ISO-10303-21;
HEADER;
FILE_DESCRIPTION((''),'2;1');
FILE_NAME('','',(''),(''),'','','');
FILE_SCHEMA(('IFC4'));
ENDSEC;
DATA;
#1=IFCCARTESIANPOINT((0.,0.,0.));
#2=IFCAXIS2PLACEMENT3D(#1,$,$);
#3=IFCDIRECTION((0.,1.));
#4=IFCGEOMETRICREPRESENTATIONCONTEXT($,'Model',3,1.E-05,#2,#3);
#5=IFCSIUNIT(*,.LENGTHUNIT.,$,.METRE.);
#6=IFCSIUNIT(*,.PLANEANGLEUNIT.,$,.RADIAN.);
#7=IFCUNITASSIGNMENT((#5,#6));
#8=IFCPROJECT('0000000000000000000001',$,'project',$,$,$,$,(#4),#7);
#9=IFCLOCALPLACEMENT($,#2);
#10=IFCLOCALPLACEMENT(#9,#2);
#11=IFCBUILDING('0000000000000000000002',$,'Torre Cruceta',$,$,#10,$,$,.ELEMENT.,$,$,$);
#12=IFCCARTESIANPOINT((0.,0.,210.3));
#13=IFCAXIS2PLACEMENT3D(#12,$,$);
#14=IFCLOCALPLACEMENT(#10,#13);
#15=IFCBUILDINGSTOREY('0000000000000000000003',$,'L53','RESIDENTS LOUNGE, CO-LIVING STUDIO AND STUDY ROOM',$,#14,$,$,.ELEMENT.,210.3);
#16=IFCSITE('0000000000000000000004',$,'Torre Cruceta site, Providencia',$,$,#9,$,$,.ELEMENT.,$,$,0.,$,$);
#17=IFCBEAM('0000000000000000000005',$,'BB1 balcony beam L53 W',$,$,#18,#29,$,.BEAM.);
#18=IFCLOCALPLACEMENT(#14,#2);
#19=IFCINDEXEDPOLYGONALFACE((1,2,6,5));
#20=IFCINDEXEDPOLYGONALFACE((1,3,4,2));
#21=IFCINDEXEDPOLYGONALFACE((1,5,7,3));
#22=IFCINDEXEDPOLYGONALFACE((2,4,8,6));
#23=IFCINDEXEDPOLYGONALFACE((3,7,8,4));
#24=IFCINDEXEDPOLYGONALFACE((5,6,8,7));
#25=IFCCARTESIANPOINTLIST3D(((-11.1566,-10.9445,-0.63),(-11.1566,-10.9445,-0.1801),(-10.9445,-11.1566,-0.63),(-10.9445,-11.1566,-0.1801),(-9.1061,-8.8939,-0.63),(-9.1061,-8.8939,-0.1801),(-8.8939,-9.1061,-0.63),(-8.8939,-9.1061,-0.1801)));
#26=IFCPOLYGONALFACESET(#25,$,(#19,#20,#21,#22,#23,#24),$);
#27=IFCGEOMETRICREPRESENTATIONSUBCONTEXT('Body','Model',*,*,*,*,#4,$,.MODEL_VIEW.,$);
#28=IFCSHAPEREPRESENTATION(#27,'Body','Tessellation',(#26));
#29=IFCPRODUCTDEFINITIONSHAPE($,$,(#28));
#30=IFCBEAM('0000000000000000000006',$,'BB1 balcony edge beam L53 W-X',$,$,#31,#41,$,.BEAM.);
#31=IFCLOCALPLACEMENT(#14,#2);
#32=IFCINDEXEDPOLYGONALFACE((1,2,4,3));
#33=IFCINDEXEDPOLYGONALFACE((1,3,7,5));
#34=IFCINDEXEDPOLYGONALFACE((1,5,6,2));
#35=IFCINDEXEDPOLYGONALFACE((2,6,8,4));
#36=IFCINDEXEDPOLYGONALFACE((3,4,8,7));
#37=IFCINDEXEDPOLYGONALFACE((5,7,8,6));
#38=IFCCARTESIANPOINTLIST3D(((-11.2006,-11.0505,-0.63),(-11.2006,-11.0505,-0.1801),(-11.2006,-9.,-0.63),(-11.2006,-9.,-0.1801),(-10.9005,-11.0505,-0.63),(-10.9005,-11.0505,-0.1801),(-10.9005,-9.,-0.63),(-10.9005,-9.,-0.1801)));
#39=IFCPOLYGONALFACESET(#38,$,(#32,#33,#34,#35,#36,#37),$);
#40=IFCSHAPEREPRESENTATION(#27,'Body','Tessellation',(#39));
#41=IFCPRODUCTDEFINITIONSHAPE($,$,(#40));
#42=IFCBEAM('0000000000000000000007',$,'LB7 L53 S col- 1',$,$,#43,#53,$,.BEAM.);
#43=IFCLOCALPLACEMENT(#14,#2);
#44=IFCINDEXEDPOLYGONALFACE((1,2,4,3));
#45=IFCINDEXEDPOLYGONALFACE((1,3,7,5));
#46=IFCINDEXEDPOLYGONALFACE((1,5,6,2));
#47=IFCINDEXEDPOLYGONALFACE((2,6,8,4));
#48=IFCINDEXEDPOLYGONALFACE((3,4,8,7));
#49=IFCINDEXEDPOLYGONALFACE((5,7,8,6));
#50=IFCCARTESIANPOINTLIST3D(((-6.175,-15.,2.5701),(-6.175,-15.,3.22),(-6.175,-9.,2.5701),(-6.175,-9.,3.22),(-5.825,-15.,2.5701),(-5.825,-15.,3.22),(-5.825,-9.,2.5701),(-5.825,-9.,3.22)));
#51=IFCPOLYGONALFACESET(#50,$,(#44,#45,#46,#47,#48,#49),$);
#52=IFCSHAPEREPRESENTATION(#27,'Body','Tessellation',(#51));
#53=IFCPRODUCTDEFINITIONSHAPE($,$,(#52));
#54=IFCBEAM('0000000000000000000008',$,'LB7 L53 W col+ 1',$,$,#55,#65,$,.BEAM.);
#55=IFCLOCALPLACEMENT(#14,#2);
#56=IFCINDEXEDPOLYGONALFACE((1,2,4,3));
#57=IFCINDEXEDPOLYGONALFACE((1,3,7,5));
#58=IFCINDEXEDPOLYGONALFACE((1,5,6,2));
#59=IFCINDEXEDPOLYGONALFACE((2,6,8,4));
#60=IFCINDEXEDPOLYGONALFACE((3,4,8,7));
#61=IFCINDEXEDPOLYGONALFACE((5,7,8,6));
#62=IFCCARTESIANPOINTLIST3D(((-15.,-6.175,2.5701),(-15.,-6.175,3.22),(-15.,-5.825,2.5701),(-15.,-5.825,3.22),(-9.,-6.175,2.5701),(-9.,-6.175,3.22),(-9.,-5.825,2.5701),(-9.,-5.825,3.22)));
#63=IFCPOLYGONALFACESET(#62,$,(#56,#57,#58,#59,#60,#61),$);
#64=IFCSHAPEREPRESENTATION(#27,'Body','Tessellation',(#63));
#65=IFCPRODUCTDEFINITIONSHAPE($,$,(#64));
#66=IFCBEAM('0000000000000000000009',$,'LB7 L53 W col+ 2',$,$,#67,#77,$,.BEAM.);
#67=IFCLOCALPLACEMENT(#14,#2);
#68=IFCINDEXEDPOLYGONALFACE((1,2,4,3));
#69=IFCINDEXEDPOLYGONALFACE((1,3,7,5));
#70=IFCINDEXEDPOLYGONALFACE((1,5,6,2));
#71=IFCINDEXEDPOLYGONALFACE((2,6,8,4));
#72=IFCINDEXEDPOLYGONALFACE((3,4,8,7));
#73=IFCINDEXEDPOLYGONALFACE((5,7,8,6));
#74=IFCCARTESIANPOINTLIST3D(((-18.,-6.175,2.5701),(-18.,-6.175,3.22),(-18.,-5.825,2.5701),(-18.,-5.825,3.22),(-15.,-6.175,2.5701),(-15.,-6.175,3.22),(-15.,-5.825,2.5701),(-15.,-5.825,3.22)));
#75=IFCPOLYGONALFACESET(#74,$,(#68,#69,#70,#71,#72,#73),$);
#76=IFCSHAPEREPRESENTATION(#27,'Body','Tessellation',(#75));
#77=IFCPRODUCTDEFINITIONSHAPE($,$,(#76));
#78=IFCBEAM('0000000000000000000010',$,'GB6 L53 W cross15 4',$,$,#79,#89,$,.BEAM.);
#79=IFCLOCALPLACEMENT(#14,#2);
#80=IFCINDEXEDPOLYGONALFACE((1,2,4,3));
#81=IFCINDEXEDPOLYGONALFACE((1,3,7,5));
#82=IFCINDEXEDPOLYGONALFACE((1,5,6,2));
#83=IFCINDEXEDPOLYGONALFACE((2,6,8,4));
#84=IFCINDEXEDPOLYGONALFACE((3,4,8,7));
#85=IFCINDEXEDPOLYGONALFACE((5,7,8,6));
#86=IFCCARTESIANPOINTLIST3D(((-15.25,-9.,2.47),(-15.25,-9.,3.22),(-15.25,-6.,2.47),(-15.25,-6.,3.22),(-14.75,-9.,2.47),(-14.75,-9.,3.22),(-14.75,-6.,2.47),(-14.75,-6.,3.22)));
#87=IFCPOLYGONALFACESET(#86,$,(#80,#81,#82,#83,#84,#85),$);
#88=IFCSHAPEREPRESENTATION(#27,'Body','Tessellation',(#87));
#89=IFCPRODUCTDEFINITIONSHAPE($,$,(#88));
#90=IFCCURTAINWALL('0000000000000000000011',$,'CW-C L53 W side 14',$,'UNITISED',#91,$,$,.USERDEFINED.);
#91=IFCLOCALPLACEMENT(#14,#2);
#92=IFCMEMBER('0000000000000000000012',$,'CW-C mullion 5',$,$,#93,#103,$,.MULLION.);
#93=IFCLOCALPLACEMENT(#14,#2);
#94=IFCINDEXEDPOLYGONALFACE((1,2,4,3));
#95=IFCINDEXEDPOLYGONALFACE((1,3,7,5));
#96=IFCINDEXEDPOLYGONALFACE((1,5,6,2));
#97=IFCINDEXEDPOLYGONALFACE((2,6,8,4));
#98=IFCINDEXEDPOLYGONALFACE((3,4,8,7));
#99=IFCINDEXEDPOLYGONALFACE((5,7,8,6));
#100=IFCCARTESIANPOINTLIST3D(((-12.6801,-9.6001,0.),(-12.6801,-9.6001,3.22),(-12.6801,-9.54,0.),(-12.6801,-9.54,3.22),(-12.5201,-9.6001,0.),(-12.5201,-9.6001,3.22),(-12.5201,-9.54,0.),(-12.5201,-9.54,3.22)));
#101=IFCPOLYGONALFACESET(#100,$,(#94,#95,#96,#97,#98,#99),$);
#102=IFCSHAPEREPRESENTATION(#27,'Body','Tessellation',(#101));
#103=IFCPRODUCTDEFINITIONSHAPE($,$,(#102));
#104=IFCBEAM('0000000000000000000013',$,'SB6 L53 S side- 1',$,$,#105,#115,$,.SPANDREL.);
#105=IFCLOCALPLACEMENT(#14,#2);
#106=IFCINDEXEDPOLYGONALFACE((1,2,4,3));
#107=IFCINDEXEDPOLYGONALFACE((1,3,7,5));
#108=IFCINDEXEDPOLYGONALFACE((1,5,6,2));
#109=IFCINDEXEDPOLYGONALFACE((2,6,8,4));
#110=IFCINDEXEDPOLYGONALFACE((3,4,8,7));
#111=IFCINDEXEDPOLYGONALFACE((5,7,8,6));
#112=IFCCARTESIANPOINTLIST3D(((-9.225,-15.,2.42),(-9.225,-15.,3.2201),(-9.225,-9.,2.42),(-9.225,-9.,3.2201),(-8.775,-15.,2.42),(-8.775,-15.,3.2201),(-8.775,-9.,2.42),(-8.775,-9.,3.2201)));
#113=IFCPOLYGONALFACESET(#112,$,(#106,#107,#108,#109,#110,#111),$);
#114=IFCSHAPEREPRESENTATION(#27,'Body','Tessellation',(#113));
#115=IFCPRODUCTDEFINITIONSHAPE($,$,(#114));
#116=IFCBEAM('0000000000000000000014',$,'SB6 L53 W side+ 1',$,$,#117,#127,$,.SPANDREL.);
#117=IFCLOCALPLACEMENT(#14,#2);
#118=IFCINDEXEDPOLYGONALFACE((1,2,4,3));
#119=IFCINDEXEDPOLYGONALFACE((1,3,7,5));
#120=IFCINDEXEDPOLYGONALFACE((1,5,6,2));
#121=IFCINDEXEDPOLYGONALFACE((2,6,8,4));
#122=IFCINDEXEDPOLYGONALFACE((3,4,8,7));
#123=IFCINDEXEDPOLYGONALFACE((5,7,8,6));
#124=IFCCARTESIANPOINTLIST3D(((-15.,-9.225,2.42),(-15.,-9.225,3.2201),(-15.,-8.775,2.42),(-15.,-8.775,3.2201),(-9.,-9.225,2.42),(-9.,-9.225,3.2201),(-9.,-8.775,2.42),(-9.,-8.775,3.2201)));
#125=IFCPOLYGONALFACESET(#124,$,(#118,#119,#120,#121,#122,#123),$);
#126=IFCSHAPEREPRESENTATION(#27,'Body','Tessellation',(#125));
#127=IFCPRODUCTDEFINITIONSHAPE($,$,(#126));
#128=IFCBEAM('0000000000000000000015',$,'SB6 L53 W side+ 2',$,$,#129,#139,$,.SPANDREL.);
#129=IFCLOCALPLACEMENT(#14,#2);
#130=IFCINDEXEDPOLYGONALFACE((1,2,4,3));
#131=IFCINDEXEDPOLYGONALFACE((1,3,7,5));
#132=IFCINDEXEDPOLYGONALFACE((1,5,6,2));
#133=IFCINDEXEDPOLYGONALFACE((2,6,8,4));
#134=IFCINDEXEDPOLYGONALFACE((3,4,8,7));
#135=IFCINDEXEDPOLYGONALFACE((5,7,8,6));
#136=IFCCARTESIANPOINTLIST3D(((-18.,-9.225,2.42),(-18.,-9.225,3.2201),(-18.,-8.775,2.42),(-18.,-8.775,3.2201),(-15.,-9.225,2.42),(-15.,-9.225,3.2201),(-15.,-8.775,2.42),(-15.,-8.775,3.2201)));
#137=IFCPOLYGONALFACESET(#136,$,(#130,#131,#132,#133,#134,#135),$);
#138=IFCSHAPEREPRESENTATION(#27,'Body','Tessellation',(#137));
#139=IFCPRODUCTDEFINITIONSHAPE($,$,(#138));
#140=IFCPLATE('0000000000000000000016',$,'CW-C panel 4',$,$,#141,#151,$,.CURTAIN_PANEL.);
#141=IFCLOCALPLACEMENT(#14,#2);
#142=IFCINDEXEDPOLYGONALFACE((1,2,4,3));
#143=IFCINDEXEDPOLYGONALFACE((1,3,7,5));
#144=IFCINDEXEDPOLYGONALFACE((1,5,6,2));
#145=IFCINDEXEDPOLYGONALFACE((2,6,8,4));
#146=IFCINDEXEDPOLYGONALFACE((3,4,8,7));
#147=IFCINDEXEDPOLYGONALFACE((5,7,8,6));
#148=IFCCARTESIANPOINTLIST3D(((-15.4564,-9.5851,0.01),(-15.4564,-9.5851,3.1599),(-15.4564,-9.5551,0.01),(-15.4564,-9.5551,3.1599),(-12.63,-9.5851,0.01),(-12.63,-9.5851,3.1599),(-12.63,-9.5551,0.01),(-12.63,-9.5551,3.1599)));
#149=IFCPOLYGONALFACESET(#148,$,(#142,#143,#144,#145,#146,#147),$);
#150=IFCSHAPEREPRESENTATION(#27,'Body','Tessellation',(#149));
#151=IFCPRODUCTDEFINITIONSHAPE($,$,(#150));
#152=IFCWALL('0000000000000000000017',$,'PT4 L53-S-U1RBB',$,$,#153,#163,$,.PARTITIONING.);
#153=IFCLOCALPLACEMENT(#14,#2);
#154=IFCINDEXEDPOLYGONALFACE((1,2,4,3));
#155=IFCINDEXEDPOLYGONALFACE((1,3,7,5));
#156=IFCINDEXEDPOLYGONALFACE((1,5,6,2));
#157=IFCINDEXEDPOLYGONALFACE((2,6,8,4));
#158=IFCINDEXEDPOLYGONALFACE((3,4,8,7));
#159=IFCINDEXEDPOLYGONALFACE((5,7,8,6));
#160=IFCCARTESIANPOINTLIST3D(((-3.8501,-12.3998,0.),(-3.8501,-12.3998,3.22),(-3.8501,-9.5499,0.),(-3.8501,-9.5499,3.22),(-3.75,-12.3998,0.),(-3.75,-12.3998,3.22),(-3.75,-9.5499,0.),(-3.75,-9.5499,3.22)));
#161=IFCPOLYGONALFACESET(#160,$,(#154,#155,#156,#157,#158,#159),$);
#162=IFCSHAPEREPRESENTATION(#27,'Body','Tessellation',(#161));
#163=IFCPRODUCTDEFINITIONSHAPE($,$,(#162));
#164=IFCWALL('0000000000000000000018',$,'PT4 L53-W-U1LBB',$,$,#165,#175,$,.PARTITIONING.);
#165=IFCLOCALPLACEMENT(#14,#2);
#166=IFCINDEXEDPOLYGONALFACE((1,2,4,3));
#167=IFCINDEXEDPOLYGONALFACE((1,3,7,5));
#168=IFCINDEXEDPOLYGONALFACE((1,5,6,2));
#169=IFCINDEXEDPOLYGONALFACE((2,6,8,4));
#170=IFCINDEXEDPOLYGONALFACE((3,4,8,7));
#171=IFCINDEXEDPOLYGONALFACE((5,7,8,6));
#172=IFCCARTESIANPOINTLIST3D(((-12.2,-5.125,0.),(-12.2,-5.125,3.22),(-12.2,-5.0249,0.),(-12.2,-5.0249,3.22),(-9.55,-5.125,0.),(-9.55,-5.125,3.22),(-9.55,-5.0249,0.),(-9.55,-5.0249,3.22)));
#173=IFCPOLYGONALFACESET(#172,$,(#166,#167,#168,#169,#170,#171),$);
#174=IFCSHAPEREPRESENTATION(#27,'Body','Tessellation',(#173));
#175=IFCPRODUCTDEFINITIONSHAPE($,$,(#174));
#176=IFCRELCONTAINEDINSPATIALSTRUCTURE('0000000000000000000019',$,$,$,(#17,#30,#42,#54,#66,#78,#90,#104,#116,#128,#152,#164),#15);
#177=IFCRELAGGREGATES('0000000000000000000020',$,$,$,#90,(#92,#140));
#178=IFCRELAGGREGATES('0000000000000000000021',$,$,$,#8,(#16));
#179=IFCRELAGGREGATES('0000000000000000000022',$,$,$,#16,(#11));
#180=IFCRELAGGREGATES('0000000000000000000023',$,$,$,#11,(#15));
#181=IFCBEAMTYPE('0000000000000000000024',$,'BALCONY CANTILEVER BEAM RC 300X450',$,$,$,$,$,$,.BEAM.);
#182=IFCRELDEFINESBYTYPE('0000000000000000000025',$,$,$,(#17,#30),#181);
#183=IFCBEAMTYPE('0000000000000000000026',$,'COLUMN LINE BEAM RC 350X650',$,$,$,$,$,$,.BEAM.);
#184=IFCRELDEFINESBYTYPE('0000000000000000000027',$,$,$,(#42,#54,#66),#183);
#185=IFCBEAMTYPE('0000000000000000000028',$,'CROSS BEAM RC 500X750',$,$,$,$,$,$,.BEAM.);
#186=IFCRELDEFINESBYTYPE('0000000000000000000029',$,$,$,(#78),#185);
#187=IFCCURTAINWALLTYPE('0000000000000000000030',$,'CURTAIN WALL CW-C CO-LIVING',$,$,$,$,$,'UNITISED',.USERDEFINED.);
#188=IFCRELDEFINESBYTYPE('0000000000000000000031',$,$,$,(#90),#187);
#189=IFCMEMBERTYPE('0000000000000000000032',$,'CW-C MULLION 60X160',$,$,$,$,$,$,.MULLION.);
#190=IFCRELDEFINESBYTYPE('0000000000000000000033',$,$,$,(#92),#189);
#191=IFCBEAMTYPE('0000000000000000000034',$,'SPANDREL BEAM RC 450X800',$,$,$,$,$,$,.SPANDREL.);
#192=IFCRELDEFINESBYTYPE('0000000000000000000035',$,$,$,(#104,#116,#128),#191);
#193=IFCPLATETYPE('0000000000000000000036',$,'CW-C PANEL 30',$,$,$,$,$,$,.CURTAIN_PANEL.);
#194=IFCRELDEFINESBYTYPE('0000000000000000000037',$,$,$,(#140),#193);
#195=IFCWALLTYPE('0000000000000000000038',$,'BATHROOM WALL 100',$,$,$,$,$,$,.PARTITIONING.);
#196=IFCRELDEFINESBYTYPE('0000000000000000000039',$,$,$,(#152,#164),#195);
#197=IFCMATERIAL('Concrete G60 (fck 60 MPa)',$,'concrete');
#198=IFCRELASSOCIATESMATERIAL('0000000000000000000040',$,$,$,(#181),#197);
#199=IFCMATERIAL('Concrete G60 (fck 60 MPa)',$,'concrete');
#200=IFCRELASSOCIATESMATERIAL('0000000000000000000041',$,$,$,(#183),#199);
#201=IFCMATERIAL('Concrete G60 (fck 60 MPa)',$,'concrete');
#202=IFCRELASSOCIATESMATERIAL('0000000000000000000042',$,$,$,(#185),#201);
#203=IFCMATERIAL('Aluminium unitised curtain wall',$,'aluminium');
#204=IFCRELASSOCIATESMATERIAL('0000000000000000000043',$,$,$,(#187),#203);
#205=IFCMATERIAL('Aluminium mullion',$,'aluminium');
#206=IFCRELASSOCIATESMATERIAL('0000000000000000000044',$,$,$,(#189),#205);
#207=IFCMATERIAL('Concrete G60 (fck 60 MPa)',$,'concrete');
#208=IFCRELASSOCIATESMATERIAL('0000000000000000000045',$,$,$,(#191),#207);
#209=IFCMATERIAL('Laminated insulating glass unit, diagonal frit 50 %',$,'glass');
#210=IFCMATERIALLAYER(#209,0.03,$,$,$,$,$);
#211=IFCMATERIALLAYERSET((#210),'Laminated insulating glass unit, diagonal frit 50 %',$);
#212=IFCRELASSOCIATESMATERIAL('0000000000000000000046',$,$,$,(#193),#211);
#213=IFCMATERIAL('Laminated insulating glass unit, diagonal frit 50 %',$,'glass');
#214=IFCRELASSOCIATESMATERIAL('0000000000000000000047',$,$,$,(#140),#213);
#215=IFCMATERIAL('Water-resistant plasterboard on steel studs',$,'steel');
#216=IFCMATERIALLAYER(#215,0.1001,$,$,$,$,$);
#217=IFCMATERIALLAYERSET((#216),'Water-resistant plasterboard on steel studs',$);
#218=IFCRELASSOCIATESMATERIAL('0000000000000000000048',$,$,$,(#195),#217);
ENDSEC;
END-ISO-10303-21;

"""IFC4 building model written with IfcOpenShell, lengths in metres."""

from ifc_helpers import new_model, si_unit, direction, frame, frame_2d, origin, origin_2d, place, context, subcontext, project, spatial, rectangle, extrude, material, layer, layer_set, material_profile, profile_set, type_object, element, aggregate, save


model = new_model("IFC4")

# Units and contexts
model_context = context("Model", 3, precision=1e-05, world=origin(), true_north=direction((0.0, 1.0)))
body_context = subcontext(model_context, "Body", "Model", "MODEL_VIEW")
ifc_project = project(units=[si_unit("LENGTHUNIT", "METRE"), si_unit("PLANEANGLEUNIT", "RADIAN")], contexts=[model_context])

# Site, building, storey
site_placement = place(None, origin())
site = spatial("IfcSite", under=ifc_project, at=site_placement, Name="Torre Cruceta site, Providencia", CompositionType="ELEMENT", RefElevation=0.0)
building_placement = place(site_placement, origin())
building = spatial("IfcBuilding", under=site, at=building_placement, Name="Torre Cruceta", CompositionType="ELEMENT")
storey_placement = place(building_placement, frame((0.0, 0.0, 210.3)))
storey = spatial("IfcBuildingStorey", under=building, at=storey_placement, Name="L53", Description="RESIDENTS LOUNGE, CO-LIVING STUDIO AND STUDY ROOM", CompositionType="ELEMENT", Elevation=210.3)

# Beams
ifc_material_1 = material(Name="Concrete G60 (fck 60 MPa)", Category="concrete")
ifc_material_profile_1 = material_profile(ifc_material_1, rectangle(XDim=0.3, YDim=0.45, at=origin_2d()), Name="RC 300X450")
ifc_profile_set_1 = profile_set([ifc_material_profile_1], Name="Concrete G60 (fck 60 MPa)")
beam_type_1 = type_object("IfcBeamType", Name="BALCONY CANTILEVER BEAM RC 300X450", PredefinedType="BEAM", material=ifc_profile_set_1)
beam_1_placement = place(storey_placement, frame((-9.0, -9.0, -0.405), z_axis=(-0.707107, -0.707107, 0.0), x_axis=(0.707107, -0.707107, 0.0)))
element("IfcBeam", 1, at=beam_1_placement, inside=storey, type_object=beam_type_1, Name="BB1 balcony beam L53 W", PredefinedType="BEAM", context=body_context, shape_type="SweptSolid", body=[
    extrude(rectangle(XDim=0.3, YDim=0.45, at=origin_2d()), origin(), (0.0, 0.0, 1.0), 2.8999),
])
beam_2_placement = place(storey_placement, frame((-11.0505, -9.0, -0.405), z_axis=(0.0, -1.0, 0.0), x_axis=(1.0, 0.0, 0.0)))
element("IfcBeam", 2, at=beam_2_placement, inside=storey, type_object=beam_type_1, Name="BB1 balcony edge beam L53 W-X", PredefinedType="BEAM", context=body_context, shape_type="SweptSolid", body=[
    extrude(rectangle(XDim=0.3, YDim=0.45, at=origin_2d()), origin(), (0.0, 0.0, 1.0), 2.0505),
])
ifc_material_2 = material(Name="Concrete G60 (fck 60 MPa)", Category="concrete")
ifc_material_profile_2 = material_profile(ifc_material_2, rectangle(XDim=0.3501, YDim=0.6499, at=origin_2d()), Name="RC 350X650")
ifc_profile_set_2 = profile_set([ifc_material_profile_2], Name="Concrete G60 (fck 60 MPa)")
beam_type_2 = type_object("IfcBeamType", Name="COLUMN LINE BEAM RC 350X650", PredefinedType="BEAM", material=ifc_profile_set_2)
for number, where, z_axis, x_axis, name in (
    (3, (-6.0, -9.0, 2.895), (0.0, -1.0, 0.0), (1.0, 0.0, 0.0), "LB7 L53 S col- 1"),
    (4, (-9.0, -6.0, 2.895), (-1.0, 0.0, 0.0), (0.0, -1.0, 0.0), "LB7 L53 W col+ 1"),
):
    element("IfcBeam", number, at=place(storey_placement, frame(where, z_axis=z_axis, x_axis=x_axis)), inside=storey, type_object=beam_type_2, Name=name, PredefinedType="BEAM", context=body_context, shape_type="SweptSolid", body=[
        extrude(rectangle(XDim=0.3501, YDim=0.6499, at=origin_2d()), origin(), (0.0, 0.0, 1.0), 6.0),
    ])
beam_3_placement = place(storey_placement, frame((-15.0, -6.0, 2.895), z_axis=(-1.0, 0.0, 0.0), x_axis=(0.0, -1.0, 0.0)))
element("IfcBeam", 5, at=beam_3_placement, inside=storey, type_object=beam_type_2, Name="LB7 L53 W col+ 2", PredefinedType="BEAM", context=body_context, shape_type="SweptSolid", body=[
    extrude(rectangle(XDim=0.3501, YDim=0.6499, at=origin_2d()), origin(), (0.0, 0.0, 1.0), 3.0),
])
ifc_material_3 = material(Name="Concrete G60 (fck 60 MPa)", Category="concrete")
ifc_material_profile_3 = material_profile(ifc_material_3, rectangle(XDim=0.5, YDim=0.75, at=origin_2d()), Name="RC 500X750")
ifc_profile_set_3 = profile_set([ifc_material_profile_3], Name="Concrete G60 (fck 60 MPa)")
beam_type_3 = type_object("IfcBeamType", Name="CROSS BEAM RC 500X750", PredefinedType="BEAM", material=ifc_profile_set_3)
beam_4_placement = place(storey_placement, frame((-15.0, -6.0, 2.845), z_axis=(0.0, -1.0, 0.0), x_axis=(1.0, 0.0, 0.0)))
element("IfcBeam", 6, at=beam_4_placement, inside=storey, type_object=beam_type_3, Name="GB6 L53 W cross15 4", PredefinedType="BEAM", context=body_context, shape_type="SweptSolid", body=[
    extrude(rectangle(XDim=0.5, YDim=0.75, at=origin_2d()), origin(), (0.0, 0.0, 1.0), 3.0),
])

# Curtain wall, member
ifc_material_4 = material(Name="Aluminium unitised curtain wall", Category="aluminium")
curtain_wall_type = type_object("IfcCurtainWallType", Name="CURTAIN WALL CW-C CO-LIVING", ElementType="UNITISED", PredefinedType="USERDEFINED", material=ifc_material_4)
curtain_wall_placement = place(storey_placement, origin())
curtain_wall = element("IfcCurtainWall", 7, at=curtain_wall_placement, inside=storey, type_object=curtain_wall_type, Name="CW-C L53 W side 14", ObjectType="UNITISED", PredefinedType="USERDEFINED")
ifc_material_5 = material(Name="Aluminium mullion", Category="aluminium")
ifc_material_profile_4 = material_profile(ifc_material_5, rectangle(XDim=0.0601, YDim=0.1599, at=origin_2d()), Name="AL 60X160")
ifc_profile_set_4 = profile_set([ifc_material_profile_4], Name="Aluminium mullion")
member_type = type_object("IfcMemberType", Name="CW-C MULLION 60X160", PredefinedType="MULLION", material=ifc_profile_set_4)
member_placement = place(storey_placement, frame((-12.6001, -9.5701, 0.0), z_axis=(0.0, 0.0, 1.0), x_axis=(0.0, 1.0, 0.0)))
member = element("IfcMember", 8, at=member_placement, type_object=member_type, Name="CW-C mullion 5", PredefinedType="MULLION", context=body_context, shape_type="SweptSolid", body=[
    extrude(rectangle(XDim=0.0601, YDim=0.1599, at=origin_2d()), origin(), (0.0, 0.0, 1.0), 3.22),
])

# Beams
ifc_material_6 = material(Name="Concrete G60 (fck 60 MPa)", Category="concrete")
ifc_material_profile_5 = material_profile(ifc_material_6, rectangle(XDim=0.45, YDim=0.8, at=origin_2d()), Name="RC 450X800")
ifc_profile_set_5 = profile_set([ifc_material_profile_5], Name="Concrete G60 (fck 60 MPa)")
beam_type_4 = type_object("IfcBeamType", Name="SPANDREL BEAM RC 450X800", PredefinedType="SPANDREL", material=ifc_profile_set_5)
for number, where, z_axis, x_axis, name in (
    (9, (-9.0, -9.0, 2.8201), (0.0, -1.0, 0.0), (1.0, 0.0, 0.0), "SB6 L53 S side- 1"),
    (10, (-9.0, -9.0, 2.8201), (-1.0, 0.0, 0.0), (0.0, -1.0, 0.0), "SB6 L53 W side+ 1"),
):
    element("IfcBeam", number, at=place(storey_placement, frame(where, z_axis=z_axis, x_axis=x_axis)), inside=storey, type_object=beam_type_4, Name=name, PredefinedType="SPANDREL", context=body_context, shape_type="SweptSolid", body=[
        extrude(rectangle(XDim=0.45, YDim=0.8, at=origin_2d()), origin(), (0.0, 0.0, 1.0), 6.0),
    ])
beam_5_placement = place(storey_placement, frame((-15.0, -9.0, 2.8201), z_axis=(-1.0, 0.0, 0.0), x_axis=(0.0, -1.0, 0.0)))
element("IfcBeam", 11, at=beam_5_placement, inside=storey, type_object=beam_type_4, Name="SB6 L53 W side+ 2", PredefinedType="SPANDREL", context=body_context, shape_type="SweptSolid", body=[
    extrude(rectangle(XDim=0.45, YDim=0.8, at=origin_2d()), origin(), (0.0, 0.0, 1.0), 3.0),
])

# Plate
ifc_material_7 = material(Name="Laminated insulating glass unit, diagonal frit 50 %", Category="glass")
ifc_material_8 = material(Name="Laminated insulating glass unit, diagonal frit 50 %", Category="glass")
ifc_layer_1 = layer(ifc_material_8, 0.03)
ifc_layer_set_1 = layer_set([ifc_layer_1], Name="Laminated insulating glass unit, diagonal frit 50 %")
plate_type = type_object("IfcPlateType", Name="CW-C PANEL 30", PredefinedType="CURTAIN_PANEL", material=ifc_layer_set_1)
plate_placement = place(storey_placement, frame((-14.0432, -9.5701, 0.01), z_axis=(0.0, 0.0, 1.0), x_axis=(1.0, 0.0, 0.0)))
plate = element("IfcPlate", 12, at=plate_placement, type_object=plate_type, material=ifc_material_7, Name="CW-C panel 4", PredefinedType="CURTAIN_PANEL", context=body_context, shape_type="SweptSolid", body=[
    extrude(rectangle(XDim=2.8264, YDim=0.03, at=origin_2d()), origin(), (0.0, 0.0, 1.0), 3.1499),
])
aggregate(curtain_wall, [member, plate])

# Walls
ifc_material_9 = material(Name="Water-resistant plasterboard on steel studs", Category="steel")
ifc_layer_2 = layer(ifc_material_9, 0.1001)
ifc_layer_set_2 = layer_set([ifc_layer_2], Name="Water-resistant plasterboard on steel studs")
wall_type_1 = type_object("IfcWallType", Name="BATHROOM WALL 100", PredefinedType="PARTITIONING", material=ifc_layer_set_2)
wall_1_placement = place(storey_placement, frame((-3.8, -9.55, 0.0), z_axis=(0.0, 0.0, 1.0), x_axis=(0.0, -1.0, 0.0)))
element("IfcWall", 13, at=wall_1_placement, inside=storey, type_object=wall_type_1, Name="PT4 L53-S-U1RBB", PredefinedType="PARTITIONING", context=body_context, shape_type="SweptSolid", body=[
    extrude(rectangle(XDim=2.8499, YDim=0.1001, at=frame_2d((1.4248, 0.0))), origin(), (0.0, 0.0, 1.0), 3.22),
])
wall_2_placement = place(storey_placement, frame((-9.55, -5.075, 0.0), z_axis=(0.0, 0.0, 1.0), x_axis=(-1.0, 0.0, 0.0)))
element("IfcWall", 14, at=wall_2_placement, inside=storey, type_object=wall_type_1, Name="PT4 L53-W-U1LBB", PredefinedType="PARTITIONING", context=body_context, shape_type="SweptSolid", body=[
    extrude(rectangle(XDim=2.6499, YDim=0.1001, at=frame_2d((1.325, 0.0))), origin(), (0.0, 0.0, 1.0), 3.22),
])

save(model, "model.ifc")
